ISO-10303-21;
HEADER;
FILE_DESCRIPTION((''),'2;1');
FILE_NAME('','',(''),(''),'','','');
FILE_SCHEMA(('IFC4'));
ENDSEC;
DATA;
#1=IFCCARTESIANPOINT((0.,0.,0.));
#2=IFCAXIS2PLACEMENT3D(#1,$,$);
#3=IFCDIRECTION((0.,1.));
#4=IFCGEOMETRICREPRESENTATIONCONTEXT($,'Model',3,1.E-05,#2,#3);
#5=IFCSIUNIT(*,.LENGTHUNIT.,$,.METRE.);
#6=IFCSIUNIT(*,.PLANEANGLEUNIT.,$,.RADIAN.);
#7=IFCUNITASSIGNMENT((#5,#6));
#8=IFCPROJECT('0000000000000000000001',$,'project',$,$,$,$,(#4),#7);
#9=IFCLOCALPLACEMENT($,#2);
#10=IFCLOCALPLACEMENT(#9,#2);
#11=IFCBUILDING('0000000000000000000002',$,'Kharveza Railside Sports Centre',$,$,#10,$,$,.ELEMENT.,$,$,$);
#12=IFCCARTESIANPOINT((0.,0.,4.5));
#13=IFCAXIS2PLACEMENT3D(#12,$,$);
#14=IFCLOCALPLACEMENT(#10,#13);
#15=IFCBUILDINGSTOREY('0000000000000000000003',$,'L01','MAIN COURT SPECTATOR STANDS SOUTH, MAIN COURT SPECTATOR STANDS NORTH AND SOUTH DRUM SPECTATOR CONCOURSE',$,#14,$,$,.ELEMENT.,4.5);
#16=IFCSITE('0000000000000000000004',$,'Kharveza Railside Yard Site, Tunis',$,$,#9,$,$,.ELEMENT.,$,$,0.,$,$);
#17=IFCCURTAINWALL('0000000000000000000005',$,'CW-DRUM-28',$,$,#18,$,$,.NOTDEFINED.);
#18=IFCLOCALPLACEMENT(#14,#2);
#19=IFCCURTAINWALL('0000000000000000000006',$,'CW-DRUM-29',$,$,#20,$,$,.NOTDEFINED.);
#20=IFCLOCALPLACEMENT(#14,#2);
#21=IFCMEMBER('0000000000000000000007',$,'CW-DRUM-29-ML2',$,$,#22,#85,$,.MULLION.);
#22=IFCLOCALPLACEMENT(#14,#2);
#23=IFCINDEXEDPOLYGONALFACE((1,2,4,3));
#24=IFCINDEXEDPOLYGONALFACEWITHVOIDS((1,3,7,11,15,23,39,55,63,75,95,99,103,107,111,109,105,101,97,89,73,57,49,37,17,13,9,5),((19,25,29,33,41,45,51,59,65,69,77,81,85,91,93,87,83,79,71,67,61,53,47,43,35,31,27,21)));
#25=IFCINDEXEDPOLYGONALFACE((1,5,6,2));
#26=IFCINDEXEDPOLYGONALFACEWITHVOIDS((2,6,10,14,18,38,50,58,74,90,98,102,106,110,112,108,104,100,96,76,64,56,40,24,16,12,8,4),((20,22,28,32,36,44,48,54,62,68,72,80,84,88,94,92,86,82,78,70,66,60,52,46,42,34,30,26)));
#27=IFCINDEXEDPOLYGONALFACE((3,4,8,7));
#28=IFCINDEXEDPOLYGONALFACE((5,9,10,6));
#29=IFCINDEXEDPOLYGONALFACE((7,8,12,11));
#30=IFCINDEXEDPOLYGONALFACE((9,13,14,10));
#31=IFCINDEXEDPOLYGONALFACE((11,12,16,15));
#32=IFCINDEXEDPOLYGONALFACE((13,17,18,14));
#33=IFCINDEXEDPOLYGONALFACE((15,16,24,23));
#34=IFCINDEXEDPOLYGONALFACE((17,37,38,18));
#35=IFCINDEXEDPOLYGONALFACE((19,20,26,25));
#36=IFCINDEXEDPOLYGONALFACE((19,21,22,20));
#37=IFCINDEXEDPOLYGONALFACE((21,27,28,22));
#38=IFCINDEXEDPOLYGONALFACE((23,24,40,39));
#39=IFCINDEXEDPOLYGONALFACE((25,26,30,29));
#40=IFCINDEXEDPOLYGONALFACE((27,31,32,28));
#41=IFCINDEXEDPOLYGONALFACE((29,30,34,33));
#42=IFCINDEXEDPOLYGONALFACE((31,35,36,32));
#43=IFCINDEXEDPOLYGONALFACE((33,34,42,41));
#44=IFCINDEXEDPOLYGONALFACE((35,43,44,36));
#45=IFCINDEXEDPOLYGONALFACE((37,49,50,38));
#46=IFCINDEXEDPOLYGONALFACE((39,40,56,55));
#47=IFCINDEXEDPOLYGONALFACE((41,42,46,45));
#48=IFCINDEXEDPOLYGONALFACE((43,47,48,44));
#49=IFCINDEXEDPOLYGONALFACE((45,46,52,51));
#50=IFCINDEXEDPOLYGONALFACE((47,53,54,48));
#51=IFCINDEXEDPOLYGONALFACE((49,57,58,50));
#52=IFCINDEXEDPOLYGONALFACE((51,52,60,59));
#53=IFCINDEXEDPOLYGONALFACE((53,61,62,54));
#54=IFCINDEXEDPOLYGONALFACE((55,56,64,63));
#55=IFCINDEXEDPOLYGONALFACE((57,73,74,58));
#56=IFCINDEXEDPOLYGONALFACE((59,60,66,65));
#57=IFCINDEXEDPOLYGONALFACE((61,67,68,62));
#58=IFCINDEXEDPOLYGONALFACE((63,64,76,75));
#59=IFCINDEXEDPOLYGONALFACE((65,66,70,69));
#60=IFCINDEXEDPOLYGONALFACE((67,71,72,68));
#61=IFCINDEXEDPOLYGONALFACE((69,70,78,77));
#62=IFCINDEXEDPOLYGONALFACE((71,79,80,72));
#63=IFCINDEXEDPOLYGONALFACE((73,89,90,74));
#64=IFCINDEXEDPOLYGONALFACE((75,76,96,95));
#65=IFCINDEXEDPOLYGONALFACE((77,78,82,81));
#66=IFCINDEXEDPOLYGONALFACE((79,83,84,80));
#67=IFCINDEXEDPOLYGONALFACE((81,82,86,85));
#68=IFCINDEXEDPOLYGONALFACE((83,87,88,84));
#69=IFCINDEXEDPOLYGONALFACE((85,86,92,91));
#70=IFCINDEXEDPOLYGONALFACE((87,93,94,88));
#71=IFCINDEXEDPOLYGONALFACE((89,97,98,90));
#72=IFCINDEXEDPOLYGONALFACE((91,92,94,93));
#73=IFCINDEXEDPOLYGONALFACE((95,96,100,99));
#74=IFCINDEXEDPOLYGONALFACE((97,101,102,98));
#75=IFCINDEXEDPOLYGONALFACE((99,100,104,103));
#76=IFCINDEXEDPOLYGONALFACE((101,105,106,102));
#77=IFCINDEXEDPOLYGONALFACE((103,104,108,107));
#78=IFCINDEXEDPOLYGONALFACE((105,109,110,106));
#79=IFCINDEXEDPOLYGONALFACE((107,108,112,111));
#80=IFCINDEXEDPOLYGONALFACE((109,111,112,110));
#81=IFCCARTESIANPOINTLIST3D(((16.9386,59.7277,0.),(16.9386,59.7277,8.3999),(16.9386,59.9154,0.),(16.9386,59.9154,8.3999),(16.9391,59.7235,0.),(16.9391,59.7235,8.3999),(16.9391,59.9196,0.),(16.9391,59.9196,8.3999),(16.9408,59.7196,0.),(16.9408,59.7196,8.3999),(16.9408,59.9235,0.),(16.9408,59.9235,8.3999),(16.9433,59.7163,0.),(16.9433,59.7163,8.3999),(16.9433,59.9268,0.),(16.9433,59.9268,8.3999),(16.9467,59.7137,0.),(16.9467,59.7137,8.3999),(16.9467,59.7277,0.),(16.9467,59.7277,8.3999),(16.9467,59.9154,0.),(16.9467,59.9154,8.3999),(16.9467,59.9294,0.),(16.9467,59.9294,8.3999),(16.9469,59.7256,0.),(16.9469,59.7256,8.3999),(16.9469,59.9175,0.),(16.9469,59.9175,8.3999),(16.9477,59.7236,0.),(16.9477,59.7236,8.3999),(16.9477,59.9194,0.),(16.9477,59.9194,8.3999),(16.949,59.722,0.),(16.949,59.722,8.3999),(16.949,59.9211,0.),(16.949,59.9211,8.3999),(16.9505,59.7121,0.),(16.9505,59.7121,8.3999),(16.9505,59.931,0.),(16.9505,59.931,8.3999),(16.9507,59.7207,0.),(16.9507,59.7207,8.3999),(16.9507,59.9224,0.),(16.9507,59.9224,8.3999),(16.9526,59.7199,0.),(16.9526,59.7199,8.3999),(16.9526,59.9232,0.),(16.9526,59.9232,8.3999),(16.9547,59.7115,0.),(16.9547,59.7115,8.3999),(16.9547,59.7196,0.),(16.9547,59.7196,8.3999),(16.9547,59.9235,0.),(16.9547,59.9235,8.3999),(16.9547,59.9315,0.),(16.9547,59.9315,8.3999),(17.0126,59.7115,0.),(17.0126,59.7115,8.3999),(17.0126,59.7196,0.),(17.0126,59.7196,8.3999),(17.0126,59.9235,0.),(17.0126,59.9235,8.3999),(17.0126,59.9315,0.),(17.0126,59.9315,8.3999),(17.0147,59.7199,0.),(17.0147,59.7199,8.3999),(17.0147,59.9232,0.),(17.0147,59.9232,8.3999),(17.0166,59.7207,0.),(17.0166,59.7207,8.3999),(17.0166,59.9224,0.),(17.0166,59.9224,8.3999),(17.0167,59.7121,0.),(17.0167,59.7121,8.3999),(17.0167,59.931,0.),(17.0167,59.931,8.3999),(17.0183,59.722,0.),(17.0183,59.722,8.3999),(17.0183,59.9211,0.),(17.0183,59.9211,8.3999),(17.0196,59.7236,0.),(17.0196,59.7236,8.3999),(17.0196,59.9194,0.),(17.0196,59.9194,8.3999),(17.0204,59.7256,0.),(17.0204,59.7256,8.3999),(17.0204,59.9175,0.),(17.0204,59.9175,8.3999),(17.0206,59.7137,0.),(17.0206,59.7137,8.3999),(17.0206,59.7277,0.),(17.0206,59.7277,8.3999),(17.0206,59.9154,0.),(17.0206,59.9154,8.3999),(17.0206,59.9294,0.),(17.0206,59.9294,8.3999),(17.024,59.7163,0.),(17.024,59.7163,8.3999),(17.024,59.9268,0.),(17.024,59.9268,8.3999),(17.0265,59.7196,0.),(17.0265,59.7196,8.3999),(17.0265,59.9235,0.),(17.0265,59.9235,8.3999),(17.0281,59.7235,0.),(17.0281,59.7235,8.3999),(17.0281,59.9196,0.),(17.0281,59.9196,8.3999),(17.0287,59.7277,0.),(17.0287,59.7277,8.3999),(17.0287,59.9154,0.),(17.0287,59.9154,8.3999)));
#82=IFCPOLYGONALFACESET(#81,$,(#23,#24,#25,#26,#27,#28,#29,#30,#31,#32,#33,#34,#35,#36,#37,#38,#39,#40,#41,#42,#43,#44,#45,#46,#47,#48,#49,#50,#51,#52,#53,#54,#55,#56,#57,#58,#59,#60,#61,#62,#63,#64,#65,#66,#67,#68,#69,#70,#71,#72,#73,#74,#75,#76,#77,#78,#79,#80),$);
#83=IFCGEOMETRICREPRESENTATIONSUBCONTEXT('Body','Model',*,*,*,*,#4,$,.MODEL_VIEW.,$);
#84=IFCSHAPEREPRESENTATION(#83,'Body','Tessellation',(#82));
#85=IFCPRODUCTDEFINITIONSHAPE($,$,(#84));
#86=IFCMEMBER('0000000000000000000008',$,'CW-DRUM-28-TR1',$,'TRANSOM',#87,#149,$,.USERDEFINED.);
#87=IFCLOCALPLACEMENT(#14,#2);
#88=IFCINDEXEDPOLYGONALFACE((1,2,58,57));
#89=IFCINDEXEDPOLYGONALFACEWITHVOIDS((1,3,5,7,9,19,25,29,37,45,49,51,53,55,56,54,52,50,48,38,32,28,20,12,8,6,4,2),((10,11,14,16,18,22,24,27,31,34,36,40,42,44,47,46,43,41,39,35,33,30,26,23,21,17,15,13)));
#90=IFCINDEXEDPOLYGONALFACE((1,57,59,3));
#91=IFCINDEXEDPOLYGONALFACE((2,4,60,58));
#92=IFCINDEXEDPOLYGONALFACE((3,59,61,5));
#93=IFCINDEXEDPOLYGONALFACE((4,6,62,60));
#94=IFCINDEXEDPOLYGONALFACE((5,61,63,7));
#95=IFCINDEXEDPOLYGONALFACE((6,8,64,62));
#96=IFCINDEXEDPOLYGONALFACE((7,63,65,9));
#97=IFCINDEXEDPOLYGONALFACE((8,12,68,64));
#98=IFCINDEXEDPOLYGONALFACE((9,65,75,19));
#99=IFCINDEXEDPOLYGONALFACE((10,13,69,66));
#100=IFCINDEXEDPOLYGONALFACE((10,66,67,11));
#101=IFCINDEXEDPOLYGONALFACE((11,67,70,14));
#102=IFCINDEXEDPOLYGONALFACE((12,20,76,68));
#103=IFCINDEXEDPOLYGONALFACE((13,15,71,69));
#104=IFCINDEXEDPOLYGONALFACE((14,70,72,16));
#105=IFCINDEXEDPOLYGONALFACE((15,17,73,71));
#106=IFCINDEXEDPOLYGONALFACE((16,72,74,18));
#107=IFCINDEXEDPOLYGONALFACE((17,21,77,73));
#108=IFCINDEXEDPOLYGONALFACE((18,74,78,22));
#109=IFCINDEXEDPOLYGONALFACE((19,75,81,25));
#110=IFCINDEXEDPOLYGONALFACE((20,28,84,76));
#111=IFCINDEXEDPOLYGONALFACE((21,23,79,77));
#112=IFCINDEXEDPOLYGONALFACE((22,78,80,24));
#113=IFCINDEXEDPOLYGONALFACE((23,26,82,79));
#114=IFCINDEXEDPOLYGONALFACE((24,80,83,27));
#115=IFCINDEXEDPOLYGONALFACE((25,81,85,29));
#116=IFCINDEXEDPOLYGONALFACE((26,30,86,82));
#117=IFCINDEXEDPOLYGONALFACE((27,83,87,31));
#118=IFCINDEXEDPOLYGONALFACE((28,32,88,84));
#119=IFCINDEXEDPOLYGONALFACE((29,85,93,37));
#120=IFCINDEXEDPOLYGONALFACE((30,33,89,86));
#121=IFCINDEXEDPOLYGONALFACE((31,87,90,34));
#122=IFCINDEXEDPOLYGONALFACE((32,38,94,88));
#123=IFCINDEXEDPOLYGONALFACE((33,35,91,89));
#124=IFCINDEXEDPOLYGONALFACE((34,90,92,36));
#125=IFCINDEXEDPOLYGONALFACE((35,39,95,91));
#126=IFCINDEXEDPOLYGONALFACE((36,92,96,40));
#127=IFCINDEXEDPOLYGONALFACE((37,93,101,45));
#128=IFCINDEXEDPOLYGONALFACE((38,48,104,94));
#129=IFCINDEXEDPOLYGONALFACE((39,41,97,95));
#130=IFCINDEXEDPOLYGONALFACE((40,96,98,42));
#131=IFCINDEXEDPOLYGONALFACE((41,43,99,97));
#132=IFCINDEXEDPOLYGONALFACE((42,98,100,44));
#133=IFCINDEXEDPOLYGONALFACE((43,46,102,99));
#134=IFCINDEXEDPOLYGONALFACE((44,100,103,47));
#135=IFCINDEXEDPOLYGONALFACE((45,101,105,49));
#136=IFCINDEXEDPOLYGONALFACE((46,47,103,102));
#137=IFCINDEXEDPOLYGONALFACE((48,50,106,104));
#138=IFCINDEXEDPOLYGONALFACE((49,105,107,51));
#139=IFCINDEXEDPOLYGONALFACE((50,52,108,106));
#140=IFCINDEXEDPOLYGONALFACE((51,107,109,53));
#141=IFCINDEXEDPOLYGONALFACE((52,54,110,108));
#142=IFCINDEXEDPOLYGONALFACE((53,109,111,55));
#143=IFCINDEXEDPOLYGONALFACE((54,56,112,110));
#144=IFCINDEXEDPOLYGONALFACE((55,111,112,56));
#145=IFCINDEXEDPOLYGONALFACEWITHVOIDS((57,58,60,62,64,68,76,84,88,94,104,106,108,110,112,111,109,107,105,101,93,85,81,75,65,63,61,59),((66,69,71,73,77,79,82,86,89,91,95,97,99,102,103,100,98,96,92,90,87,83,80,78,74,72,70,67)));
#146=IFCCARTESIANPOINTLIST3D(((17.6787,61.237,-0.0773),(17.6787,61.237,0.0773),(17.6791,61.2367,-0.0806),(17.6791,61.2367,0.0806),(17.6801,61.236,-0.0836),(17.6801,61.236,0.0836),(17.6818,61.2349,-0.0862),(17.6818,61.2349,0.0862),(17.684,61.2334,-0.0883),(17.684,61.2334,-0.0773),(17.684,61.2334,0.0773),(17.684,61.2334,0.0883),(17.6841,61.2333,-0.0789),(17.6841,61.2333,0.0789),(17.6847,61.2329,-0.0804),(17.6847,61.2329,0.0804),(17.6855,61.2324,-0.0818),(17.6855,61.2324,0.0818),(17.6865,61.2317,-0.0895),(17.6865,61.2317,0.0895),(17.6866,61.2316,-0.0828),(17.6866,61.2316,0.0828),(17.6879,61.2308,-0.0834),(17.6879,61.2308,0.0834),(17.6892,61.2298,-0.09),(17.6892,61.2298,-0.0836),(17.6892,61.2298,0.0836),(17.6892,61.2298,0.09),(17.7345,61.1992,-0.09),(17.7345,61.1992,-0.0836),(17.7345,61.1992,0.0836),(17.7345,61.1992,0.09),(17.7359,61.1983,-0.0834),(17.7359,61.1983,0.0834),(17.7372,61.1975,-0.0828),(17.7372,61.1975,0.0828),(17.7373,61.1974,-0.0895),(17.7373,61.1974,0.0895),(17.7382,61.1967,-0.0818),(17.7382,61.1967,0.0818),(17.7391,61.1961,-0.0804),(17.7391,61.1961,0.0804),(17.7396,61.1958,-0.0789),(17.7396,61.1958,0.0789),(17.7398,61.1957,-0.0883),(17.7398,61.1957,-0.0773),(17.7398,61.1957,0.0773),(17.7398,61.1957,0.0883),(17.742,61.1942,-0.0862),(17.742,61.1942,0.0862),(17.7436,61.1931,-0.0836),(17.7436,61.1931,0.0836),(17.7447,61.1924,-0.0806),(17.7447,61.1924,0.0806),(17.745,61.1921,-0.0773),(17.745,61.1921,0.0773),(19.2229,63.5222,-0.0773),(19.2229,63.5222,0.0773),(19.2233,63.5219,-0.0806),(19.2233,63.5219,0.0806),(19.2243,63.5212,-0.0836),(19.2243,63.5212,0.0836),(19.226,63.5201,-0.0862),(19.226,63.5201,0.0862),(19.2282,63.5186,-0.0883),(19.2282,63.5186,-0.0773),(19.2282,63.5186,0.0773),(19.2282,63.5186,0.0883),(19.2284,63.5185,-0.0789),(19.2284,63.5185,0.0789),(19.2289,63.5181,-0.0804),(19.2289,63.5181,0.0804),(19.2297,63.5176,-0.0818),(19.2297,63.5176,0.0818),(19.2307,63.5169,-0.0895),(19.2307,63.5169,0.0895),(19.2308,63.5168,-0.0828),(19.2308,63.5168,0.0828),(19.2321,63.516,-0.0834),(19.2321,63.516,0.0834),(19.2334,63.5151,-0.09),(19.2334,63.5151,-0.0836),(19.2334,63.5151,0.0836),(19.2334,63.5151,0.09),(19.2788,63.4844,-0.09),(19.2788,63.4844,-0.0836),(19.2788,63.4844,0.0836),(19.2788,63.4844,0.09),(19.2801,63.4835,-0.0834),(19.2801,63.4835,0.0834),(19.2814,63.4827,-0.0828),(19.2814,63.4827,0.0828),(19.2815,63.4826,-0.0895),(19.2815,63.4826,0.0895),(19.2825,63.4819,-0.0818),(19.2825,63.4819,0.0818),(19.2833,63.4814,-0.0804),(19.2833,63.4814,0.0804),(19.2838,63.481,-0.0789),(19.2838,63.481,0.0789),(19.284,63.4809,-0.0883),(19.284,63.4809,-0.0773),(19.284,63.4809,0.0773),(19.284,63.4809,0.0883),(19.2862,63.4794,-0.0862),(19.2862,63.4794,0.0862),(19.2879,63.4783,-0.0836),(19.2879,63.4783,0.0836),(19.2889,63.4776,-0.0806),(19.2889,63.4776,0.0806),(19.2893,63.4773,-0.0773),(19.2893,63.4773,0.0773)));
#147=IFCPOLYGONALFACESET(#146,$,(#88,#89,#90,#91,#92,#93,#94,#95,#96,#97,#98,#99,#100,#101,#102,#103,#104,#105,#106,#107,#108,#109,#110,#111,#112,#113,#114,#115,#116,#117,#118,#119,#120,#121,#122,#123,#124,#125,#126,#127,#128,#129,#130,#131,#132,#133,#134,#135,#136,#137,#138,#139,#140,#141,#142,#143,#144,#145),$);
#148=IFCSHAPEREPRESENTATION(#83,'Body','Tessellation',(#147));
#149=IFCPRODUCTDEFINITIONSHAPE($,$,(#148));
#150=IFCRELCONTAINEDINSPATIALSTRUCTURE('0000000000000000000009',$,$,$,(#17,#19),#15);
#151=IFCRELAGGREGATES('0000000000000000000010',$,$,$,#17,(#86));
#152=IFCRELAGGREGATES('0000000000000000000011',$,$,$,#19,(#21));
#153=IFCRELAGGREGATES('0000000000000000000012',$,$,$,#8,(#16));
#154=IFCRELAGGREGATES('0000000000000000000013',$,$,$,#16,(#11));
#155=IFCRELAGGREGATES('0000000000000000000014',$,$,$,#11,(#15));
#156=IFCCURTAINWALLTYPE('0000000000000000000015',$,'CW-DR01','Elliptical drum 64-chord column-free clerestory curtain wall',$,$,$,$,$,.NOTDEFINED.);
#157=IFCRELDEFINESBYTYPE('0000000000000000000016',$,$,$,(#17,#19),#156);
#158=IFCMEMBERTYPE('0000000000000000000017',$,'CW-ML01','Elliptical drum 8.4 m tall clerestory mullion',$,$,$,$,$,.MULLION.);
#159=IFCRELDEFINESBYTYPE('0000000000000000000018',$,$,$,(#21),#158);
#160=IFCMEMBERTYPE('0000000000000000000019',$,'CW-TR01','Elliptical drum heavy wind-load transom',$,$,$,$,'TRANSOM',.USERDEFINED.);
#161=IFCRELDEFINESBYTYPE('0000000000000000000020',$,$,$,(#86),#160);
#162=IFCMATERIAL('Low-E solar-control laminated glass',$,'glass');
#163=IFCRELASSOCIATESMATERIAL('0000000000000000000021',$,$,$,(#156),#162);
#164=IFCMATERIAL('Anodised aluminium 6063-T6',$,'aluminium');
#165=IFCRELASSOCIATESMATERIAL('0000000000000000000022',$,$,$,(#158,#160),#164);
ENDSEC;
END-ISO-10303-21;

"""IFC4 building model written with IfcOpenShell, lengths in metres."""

from ifc_helpers import new_model, si_unit, direction, frame, origin, origin_2d, place, context, subcontext, project, spatial, hollow_rectangle, extrude, material, material_profile, profile_set, type_object, element, aggregate, save


model = new_model("IFC4")

# Units and contexts
model_context = context("Model", 3, precision=1e-05, world=origin(), true_north=direction((0.0, 1.0)))
body_context = subcontext(model_context, "Body", "Model", "MODEL_VIEW")
ifc_project = project(units=[si_unit("LENGTHUNIT", "METRE"), si_unit("PLANEANGLEUNIT", "RADIAN")], contexts=[model_context])

# Site, building, storey
site_placement = place(None, origin())
site = spatial("IfcSite", under=ifc_project, at=site_placement, Name="Kharveza Railside Yard Site, Tunis", CompositionType="ELEMENT", RefElevation=0.0)
building_placement = place(site_placement, origin())
building = spatial("IfcBuilding", under=site, at=building_placement, Name="Kharveza Railside Sports Centre", CompositionType="ELEMENT")
storey_placement = place(building_placement, frame((0.0, 0.0, 4.5)))
storey = spatial("IfcBuildingStorey", under=building, at=storey_placement, Name="L01", Description="MAIN COURT SPECTATOR STANDS SOUTH, MAIN COURT SPECTATOR STANDS NORTH AND SOUTH DRUM SPECTATOR CONCOURSE", CompositionType="ELEMENT", Elevation=4.5)

# Curtain walls, member
ifc_material_1 = material(Name="Low-E solar-control laminated glass", Category="glass")
curtain_wall_type = type_object("IfcCurtainWallType", Name="CW-DR01", Description="Elliptical drum 64-chord column-free clerestory curtain wall", PredefinedType="NOTDEFINED", material=ifc_material_1)
curtain_wall_1_placement = place(storey_placement, origin())
curtain_wall_1 = element("IfcCurtainWall", 1, at=curtain_wall_1_placement, inside=storey, type_object=curtain_wall_type, Name="CW-DRUM-28", PredefinedType="NOTDEFINED")
ifc_material_2 = material(Name="Anodised aluminium 6063-T6", Category="aluminium")
ifc_material_profile_1 = material_profile(ifc_material_2, hollow_rectangle(XDim=0.0901, YDim=0.22, WallThickness=0.0081, InnerFilletRadius=0.0081, OuterFilletRadius=0.0161, at=origin_2d()), Name="RHS 90x220x8.0")
ifc_profile_set_1 = profile_set([ifc_material_profile_1], Name="Anodised aluminium 6063-T6")
member_type_1 = type_object("IfcMemberType", Name="CW-ML01", Description="Elliptical drum 8.4 m tall clerestory mullion", PredefinedType="MULLION", material=ifc_profile_set_1)
curtain_wall_2_placement = place(storey_placement, origin())
curtain_wall_2 = element("IfcCurtainWall", 2, at=curtain_wall_2_placement, inside=storey, type_object=curtain_wall_type, Name="CW-DRUM-29", PredefinedType="NOTDEFINED")
member_1_placement = place(storey_placement, frame((16.9836, 59.8215, 0.0), z_axis=(0.0, 0.0, 1.0), x_axis=(1.0, 0.0, 0.0)))
member_1 = element("IfcMember", 3, at=member_1_placement, type_object=member_type_1, Name="CW-DRUM-29-ML2", PredefinedType="MULLION", context=body_context, shape_type="SweptSolid", body=[
    extrude(hollow_rectangle(XDim=0.0901, YDim=0.22, WallThickness=0.0081, InnerFilletRadius=0.0081, OuterFilletRadius=0.0161, at=origin_2d()), origin(), (0.0, 0.0, 1.0), 8.3999),
])

# Member
ifc_material_profile_2 = material_profile(ifc_material_2, hollow_rectangle(XDim=0.0801, YDim=0.1799, WallThickness=0.0063, InnerFilletRadius=0.0063, OuterFilletRadius=0.0127, at=origin_2d()), Name="RHS 80x180x6.3")
ifc_profile_set_2 = profile_set([ifc_material_profile_2], Name="Anodised aluminium 6063-T6")
member_type_2 = type_object("IfcMemberType", Name="CW-TR01", Description="Elliptical drum heavy wind-load transom", ElementType="TRANSOM", PredefinedType="USERDEFINED", material=ifc_profile_set_2)
member_2_placement = place(storey_placement, frame((19.2561, 63.4998, 0.0), z_axis=(-0.559898, -0.828561, 0.0), x_axis=(0.828561, -0.559898, 0.0)))
member_2 = element("IfcMember", 4, at=member_2_placement, type_object=member_type_2, Name="CW-DRUM-28-TR1", ObjectType="TRANSOM", PredefinedType="USERDEFINED", context=body_context, shape_type="SweptSolid", body=[
    extrude(hollow_rectangle(XDim=0.0801, YDim=0.1799, WallThickness=0.0063, InnerFilletRadius=0.0063, OuterFilletRadius=0.0127, at=origin_2d()), origin(), (0.0, 0.0, 1.0), 2.7581),
])

aggregate(curtain_wall_1, [member_2])
aggregate(curtain_wall_2, [member_1])

save(model, "model.ifc")
